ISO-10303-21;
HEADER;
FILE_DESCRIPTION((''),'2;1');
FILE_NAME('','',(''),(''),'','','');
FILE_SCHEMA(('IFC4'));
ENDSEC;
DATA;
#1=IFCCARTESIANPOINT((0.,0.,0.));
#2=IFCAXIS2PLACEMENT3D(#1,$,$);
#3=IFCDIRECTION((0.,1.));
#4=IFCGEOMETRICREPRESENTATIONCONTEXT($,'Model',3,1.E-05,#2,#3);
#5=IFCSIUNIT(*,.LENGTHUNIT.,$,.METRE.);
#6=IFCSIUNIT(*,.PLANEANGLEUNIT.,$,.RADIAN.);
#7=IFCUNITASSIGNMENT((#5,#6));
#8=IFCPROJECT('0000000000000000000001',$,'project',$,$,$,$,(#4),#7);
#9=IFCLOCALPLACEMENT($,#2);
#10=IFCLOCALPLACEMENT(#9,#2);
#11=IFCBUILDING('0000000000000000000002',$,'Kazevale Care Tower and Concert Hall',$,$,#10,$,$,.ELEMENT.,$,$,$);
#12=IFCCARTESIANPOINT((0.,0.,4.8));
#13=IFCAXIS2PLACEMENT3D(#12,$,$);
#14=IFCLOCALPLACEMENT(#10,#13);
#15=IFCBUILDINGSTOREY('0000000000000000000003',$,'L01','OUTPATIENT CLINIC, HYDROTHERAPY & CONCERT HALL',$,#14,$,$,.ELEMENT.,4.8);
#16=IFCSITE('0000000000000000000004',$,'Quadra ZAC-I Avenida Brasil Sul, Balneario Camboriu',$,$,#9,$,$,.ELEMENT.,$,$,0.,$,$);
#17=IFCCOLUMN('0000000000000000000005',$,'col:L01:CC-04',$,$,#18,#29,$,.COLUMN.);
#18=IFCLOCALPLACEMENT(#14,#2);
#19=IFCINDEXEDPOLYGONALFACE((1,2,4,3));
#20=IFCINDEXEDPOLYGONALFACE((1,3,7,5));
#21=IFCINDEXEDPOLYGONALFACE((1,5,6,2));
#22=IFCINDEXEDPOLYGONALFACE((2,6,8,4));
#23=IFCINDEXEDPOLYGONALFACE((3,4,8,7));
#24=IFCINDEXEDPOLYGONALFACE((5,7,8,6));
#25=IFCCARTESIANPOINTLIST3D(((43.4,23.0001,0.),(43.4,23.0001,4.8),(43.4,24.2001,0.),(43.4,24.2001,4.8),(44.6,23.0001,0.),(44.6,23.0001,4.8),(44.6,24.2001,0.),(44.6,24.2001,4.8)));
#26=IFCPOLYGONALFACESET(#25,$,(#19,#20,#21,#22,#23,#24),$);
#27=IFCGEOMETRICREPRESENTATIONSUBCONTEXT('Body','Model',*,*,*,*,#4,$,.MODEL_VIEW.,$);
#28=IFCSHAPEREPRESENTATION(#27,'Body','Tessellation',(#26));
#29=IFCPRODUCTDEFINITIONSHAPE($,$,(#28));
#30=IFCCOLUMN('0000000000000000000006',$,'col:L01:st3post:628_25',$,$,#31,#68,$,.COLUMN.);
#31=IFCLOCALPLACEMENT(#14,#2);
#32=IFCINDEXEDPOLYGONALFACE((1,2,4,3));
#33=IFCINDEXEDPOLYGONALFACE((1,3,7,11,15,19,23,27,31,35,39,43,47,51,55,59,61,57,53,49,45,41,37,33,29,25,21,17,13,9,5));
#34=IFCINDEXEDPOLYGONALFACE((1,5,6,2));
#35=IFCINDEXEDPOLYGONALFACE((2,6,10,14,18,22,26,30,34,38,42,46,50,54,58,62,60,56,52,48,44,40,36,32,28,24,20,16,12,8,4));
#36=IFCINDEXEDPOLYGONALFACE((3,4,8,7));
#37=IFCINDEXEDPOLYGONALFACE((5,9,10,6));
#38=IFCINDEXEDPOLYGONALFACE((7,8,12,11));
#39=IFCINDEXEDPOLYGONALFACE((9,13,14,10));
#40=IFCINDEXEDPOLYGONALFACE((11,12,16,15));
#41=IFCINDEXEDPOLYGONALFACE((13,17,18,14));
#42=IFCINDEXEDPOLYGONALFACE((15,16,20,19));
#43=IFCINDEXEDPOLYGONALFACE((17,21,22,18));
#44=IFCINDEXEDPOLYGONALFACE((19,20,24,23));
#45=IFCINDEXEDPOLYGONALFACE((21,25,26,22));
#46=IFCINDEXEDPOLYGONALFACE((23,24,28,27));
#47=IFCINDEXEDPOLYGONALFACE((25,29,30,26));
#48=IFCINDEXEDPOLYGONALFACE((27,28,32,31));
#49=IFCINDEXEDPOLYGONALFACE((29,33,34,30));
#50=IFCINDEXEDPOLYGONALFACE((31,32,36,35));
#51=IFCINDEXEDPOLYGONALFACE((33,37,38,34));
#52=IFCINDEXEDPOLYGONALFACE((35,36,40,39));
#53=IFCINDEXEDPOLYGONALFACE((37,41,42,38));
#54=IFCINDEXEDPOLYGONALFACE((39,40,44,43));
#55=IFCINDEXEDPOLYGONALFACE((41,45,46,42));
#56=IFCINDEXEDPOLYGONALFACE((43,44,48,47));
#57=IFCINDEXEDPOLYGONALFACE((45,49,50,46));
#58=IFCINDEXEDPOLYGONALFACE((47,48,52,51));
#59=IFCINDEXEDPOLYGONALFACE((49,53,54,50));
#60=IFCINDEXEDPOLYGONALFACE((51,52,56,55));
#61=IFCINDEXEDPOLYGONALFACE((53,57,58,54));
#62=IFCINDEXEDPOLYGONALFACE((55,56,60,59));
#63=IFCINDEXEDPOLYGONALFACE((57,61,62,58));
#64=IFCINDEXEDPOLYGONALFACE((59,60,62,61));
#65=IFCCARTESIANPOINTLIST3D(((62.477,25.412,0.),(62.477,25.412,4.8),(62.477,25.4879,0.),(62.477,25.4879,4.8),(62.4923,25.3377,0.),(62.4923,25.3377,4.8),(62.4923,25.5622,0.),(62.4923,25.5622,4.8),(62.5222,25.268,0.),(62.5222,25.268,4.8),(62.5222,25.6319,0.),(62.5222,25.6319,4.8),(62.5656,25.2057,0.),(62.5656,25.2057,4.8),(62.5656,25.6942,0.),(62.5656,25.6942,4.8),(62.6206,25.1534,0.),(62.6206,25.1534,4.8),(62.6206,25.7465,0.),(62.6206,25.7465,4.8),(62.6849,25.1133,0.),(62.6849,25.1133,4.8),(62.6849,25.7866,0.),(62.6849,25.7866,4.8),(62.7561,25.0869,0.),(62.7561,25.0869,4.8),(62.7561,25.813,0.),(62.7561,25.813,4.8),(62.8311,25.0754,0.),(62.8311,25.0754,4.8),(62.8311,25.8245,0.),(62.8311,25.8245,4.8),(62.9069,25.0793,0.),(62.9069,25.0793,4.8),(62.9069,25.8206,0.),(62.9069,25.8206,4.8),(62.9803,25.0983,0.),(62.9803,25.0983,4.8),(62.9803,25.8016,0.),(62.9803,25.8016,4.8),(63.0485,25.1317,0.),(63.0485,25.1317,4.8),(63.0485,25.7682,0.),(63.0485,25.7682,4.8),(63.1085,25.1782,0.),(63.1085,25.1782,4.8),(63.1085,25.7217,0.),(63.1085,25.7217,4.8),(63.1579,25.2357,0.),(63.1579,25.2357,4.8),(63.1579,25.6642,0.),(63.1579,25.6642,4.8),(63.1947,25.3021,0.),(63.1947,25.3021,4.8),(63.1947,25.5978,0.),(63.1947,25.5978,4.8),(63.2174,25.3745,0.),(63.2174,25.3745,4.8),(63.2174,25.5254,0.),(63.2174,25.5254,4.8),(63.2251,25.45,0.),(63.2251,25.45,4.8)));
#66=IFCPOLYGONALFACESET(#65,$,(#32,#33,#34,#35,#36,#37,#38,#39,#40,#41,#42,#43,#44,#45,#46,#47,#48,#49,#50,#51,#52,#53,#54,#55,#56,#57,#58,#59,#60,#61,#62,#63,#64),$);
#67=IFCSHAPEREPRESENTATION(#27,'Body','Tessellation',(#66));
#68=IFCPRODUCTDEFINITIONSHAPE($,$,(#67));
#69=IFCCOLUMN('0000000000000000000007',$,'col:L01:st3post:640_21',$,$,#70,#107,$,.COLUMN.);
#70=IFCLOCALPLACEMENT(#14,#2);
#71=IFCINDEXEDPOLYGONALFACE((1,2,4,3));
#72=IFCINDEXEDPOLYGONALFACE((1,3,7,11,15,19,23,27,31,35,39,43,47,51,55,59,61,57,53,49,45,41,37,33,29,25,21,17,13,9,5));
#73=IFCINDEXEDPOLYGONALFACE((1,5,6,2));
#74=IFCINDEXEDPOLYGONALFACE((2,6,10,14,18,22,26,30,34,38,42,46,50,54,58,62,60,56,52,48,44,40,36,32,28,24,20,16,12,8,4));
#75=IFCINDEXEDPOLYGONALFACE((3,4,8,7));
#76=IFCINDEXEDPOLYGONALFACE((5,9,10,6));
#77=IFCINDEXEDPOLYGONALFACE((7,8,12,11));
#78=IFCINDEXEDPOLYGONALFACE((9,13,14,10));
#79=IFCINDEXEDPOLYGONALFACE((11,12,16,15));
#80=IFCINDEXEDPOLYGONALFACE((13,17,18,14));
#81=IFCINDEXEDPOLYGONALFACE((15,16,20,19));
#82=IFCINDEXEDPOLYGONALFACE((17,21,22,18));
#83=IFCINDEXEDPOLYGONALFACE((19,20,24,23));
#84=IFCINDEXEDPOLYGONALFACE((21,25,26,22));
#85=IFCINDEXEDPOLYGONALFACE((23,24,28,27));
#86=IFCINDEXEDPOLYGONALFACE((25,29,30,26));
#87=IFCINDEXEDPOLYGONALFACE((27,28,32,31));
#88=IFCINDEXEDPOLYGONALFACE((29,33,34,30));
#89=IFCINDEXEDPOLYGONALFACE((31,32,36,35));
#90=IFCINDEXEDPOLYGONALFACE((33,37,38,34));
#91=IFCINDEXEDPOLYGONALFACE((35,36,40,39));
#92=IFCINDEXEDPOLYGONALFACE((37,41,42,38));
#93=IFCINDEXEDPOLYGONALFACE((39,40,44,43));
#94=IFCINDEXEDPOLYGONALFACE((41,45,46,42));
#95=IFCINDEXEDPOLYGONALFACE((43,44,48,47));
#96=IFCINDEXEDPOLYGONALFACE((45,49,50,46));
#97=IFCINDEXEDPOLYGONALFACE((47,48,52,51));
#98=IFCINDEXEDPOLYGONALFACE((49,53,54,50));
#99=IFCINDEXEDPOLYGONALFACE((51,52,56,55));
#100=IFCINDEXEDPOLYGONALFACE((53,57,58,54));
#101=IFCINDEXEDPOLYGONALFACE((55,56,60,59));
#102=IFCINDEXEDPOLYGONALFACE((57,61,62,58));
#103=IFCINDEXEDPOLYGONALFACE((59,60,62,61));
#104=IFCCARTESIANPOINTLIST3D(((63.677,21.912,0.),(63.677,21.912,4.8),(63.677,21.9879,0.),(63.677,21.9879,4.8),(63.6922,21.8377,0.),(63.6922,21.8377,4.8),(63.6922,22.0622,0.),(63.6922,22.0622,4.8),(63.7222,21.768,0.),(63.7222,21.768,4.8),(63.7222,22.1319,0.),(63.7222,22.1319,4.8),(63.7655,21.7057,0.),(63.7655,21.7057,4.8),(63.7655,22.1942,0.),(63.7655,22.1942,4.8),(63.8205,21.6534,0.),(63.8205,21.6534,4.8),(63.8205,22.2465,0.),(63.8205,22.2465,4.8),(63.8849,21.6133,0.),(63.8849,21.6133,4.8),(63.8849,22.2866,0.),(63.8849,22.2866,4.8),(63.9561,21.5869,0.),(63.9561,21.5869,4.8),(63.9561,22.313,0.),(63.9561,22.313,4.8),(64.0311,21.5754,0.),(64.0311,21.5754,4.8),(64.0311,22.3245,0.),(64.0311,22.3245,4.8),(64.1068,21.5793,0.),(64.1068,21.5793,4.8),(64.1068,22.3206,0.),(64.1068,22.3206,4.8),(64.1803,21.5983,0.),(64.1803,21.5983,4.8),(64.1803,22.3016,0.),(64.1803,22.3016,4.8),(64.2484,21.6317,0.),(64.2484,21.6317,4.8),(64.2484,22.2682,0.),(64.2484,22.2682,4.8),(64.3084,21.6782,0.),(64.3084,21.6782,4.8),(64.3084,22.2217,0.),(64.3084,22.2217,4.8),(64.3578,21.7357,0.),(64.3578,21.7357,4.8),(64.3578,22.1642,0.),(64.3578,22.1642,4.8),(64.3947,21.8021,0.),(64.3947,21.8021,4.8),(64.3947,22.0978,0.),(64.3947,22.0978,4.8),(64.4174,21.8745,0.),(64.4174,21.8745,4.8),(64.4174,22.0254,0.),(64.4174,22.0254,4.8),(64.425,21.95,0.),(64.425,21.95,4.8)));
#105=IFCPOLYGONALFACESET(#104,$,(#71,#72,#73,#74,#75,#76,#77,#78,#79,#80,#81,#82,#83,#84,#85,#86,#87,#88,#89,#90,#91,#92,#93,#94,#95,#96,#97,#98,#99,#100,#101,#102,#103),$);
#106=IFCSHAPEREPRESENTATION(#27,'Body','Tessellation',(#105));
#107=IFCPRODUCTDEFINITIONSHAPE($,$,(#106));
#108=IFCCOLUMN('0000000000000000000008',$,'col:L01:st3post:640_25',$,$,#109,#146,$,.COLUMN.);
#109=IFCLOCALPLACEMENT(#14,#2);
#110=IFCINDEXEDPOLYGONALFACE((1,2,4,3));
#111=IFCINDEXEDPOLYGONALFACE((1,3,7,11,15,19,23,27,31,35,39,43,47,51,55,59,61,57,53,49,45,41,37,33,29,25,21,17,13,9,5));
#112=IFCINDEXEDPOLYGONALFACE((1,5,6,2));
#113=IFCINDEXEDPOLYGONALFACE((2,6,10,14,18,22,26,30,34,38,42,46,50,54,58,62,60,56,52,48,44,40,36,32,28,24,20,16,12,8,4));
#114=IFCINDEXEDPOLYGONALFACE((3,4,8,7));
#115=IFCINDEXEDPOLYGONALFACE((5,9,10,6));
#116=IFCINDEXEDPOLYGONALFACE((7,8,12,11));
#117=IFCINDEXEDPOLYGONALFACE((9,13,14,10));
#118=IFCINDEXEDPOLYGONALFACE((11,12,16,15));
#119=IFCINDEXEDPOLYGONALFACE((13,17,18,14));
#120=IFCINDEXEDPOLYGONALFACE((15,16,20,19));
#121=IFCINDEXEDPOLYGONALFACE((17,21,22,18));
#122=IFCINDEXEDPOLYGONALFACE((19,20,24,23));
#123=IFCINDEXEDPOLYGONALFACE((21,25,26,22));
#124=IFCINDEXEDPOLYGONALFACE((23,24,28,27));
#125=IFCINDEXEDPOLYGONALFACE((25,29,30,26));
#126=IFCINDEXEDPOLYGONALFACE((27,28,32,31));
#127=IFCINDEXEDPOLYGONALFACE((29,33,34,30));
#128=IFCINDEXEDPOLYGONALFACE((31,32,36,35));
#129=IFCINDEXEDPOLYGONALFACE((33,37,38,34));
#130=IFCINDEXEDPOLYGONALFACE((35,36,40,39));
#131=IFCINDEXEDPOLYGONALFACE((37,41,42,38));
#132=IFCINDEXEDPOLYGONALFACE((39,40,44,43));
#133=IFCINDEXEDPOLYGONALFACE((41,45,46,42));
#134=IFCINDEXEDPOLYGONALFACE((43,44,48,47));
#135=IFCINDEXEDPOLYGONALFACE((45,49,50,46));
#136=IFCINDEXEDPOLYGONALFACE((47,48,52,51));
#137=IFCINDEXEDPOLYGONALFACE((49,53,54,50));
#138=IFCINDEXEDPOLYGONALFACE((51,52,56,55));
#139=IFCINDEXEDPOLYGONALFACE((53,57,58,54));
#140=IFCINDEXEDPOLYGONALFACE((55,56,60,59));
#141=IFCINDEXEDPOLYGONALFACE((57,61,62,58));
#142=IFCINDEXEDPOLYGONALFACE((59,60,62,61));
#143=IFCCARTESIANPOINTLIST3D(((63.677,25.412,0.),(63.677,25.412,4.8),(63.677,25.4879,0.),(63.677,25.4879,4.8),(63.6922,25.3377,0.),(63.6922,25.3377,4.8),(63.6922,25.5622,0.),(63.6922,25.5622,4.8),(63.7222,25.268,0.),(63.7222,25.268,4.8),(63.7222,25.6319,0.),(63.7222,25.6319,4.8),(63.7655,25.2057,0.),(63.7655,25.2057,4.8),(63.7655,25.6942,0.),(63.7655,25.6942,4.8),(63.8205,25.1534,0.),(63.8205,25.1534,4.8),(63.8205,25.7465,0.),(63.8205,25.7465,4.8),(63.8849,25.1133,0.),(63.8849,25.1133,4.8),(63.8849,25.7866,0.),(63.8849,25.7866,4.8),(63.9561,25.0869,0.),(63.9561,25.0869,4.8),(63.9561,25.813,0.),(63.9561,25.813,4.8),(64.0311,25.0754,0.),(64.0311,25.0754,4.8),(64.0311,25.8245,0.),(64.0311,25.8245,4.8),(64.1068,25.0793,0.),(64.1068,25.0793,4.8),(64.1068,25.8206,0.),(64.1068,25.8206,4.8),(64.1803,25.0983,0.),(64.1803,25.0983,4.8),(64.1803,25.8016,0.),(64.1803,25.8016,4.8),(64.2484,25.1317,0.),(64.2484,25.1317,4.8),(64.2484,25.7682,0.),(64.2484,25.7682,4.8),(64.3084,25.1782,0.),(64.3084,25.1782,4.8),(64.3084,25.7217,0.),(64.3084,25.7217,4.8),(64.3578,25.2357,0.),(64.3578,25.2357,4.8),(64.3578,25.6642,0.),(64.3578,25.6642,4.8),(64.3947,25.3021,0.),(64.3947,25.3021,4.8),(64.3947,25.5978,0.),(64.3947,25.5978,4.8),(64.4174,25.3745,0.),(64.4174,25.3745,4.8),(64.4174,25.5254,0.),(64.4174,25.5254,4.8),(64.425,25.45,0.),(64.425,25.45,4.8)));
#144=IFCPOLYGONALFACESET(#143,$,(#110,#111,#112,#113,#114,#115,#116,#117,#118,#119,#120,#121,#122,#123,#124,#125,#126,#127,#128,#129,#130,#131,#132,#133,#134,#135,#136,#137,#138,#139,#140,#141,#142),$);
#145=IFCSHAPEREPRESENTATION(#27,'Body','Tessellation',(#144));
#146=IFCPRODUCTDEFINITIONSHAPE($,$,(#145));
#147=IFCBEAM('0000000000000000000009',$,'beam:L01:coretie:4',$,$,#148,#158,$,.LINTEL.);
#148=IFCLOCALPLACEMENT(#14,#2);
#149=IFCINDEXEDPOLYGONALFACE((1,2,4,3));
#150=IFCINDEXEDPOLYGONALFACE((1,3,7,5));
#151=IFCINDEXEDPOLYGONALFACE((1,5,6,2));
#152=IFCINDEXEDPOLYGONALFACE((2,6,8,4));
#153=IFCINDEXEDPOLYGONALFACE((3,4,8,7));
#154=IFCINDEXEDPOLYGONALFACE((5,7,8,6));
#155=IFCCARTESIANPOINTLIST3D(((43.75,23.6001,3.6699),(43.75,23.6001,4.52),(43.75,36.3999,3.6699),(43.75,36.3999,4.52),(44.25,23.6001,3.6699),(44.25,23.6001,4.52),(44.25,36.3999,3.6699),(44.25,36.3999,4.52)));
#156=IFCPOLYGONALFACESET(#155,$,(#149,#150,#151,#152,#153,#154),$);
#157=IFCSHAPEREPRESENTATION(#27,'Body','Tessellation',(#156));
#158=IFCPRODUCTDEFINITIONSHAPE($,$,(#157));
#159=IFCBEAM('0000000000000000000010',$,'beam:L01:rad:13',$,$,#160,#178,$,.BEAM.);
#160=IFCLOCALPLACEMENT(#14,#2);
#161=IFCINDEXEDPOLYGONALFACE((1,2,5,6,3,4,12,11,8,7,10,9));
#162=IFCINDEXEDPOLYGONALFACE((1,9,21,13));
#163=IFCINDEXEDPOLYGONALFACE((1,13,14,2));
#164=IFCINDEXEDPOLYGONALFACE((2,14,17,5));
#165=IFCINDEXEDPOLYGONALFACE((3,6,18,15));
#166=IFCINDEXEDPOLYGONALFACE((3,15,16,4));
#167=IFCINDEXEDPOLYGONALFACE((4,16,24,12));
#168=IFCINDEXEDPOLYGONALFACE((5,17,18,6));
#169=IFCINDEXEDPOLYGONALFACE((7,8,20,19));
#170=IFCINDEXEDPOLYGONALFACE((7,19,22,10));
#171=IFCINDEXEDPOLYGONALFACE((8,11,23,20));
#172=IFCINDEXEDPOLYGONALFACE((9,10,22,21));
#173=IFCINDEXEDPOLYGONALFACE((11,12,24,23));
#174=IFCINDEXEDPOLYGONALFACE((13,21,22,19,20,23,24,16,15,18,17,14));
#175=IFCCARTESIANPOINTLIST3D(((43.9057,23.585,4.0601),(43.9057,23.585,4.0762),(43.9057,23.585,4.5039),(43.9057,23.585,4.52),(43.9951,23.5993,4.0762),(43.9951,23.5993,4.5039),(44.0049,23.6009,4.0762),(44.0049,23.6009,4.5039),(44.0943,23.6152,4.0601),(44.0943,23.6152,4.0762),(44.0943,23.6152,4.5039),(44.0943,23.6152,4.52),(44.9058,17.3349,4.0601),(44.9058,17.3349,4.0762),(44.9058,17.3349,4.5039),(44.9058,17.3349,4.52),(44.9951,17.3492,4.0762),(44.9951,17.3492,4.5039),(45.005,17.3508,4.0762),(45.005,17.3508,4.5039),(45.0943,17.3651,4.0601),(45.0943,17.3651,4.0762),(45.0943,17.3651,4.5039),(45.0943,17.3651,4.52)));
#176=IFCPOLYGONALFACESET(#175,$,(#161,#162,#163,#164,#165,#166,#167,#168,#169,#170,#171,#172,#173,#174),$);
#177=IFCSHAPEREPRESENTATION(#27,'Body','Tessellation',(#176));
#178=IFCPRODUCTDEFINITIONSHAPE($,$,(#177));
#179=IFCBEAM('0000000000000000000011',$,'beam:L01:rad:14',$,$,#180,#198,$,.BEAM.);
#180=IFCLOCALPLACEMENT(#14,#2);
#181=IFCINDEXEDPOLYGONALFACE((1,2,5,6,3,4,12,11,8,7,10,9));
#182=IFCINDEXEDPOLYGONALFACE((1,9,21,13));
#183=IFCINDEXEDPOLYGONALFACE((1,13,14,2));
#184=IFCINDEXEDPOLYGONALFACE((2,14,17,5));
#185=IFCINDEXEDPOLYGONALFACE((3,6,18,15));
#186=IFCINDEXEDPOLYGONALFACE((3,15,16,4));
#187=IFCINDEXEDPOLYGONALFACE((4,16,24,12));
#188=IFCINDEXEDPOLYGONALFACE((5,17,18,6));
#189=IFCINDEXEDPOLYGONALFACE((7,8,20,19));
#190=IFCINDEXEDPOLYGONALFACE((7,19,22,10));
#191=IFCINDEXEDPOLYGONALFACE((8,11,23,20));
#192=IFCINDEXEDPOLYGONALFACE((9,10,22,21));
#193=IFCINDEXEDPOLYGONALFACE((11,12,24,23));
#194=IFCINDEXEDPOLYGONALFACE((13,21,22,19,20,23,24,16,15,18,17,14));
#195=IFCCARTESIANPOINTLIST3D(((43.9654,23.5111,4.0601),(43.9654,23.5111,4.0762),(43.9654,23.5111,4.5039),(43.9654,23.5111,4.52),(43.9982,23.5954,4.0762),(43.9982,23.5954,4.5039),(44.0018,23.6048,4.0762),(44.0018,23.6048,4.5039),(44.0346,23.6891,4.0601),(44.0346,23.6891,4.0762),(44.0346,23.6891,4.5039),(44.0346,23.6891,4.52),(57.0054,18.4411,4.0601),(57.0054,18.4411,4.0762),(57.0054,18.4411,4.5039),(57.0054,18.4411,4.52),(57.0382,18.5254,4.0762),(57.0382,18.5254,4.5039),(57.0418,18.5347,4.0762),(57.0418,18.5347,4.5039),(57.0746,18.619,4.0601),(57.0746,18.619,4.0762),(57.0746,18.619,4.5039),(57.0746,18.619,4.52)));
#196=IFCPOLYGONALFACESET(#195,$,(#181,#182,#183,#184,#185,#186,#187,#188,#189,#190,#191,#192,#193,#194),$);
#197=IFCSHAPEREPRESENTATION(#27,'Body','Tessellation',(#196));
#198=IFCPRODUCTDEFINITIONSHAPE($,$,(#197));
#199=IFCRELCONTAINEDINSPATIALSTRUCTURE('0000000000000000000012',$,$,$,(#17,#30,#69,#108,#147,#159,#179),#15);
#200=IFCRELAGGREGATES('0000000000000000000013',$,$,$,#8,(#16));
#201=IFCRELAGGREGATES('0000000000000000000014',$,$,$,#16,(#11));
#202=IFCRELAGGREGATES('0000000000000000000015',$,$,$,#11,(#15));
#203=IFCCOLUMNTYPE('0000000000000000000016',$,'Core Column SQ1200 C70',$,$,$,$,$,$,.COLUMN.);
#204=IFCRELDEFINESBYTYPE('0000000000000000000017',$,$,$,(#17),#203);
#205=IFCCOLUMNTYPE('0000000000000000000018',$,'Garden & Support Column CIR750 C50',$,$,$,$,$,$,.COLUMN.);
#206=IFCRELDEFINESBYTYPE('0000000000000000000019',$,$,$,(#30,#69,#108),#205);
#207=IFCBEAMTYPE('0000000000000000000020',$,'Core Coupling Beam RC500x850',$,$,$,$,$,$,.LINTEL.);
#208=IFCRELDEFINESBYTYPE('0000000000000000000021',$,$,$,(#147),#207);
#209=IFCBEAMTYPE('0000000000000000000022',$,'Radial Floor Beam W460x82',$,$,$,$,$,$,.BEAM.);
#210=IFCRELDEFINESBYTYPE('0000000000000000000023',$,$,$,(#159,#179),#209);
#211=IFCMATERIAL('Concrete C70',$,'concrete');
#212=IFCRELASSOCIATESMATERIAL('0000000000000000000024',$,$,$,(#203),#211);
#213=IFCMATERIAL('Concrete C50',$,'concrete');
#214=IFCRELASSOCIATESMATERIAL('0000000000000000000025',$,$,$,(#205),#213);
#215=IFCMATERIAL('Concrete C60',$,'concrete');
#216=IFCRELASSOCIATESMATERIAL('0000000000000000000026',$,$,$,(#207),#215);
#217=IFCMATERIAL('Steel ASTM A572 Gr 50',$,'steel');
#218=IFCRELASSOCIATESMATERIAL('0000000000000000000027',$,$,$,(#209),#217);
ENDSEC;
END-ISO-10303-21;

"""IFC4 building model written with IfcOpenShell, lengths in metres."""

from ifc_helpers import new_model, si_unit, direction, frame, origin, origin_2d, place, context, subcontext, project, spatial, rectangle, circle, i_section, extrude, material, material_profile, profile_set, type_object, element, save


model = new_model("IFC4")

# Units and contexts
model_context = context("Model", 3, precision=1e-05, world=origin(), true_north=direction((0.0, 1.0)))
body_context = subcontext(model_context, "Body", "Model", "MODEL_VIEW")
ifc_project = project(units=[si_unit("LENGTHUNIT", "METRE"), si_unit("PLANEANGLEUNIT", "RADIAN")], contexts=[model_context])

# Site, building, storey
site_placement = place(None, origin())
site = spatial("IfcSite", under=ifc_project, at=site_placement, Name="Quadra ZAC-I Avenida Brasil Sul, Balneario Camboriu", CompositionType="ELEMENT", RefElevation=0.0)
building_placement = place(site_placement, origin())
building = spatial("IfcBuilding", under=site, at=building_placement, Name="Kazevale Care Tower and Concert Hall", CompositionType="ELEMENT")
storey_placement = place(building_placement, frame((0.0, 0.0, 4.8)))
storey = spatial("IfcBuildingStorey", under=building, at=storey_placement, Name="L01", Description="OUTPATIENT CLINIC, HYDROTHERAPY & CONCERT HALL", CompositionType="ELEMENT", Elevation=4.8)

# Columns
ifc_material_1 = material(Name="Concrete C70", Category="concrete")
ifc_material_profile_1 = material_profile(ifc_material_1, rectangle(XDim=1.2, YDim=1.2, at=origin_2d()), Name="RC-SQ1200")
ifc_profile_set_1 = profile_set([ifc_material_profile_1], Name="Concrete C70")
column_type_1 = type_object("IfcColumnType", Name="Core Column SQ1200 C70", PredefinedType="COLUMN", material=ifc_profile_set_1)
column_placement = place(storey_placement, frame((44.0, 23.6001, 0.0), z_axis=(0.0, 0.0, 1.0), x_axis=(1.0, 0.0, 0.0)))
element("IfcColumn", 1, at=column_placement, inside=storey, type_object=column_type_1, Name="col:L01:CC-04", PredefinedType="COLUMN", context=body_context, shape_type="SweptSolid", body=[
    extrude(rectangle(XDim=1.2, YDim=1.2, at=origin_2d()), origin(), (0.0, 0.0, 1.0), 4.8),
])
ifc_material_2 = material(Name="Concrete C50", Category="concrete")
ifc_material_profile_2 = material_profile(ifc_material_2, circle(Radius=0.375, at=origin_2d()), Name="RC-CIR750")
ifc_profile_set_2 = profile_set([ifc_material_profile_2], Name="Concrete C50")
column_type_2 = type_object("IfcColumnType", Name="Garden & Support Column CIR750 C50", PredefinedType="COLUMN", material=ifc_profile_set_2)
for number, where, z_axis, x_axis, name in (
    (2, (62.8501, 25.45, 0.0), (0.0, 0.0, 1.0), (1.0, 0.0, 0.0), "col:L01:st3post:628_25"),
    (3, (64.05, 21.95, 0.0), (0.0, 0.0, 1.0), (1.0, 0.0, 0.0), "col:L01:st3post:640_21"),
    (4, (64.05, 25.45, 0.0), (0.0, 0.0, 1.0), (1.0, 0.0, 0.0), "col:L01:st3post:640_25"),
):
    element("IfcColumn", number, at=place(storey_placement, frame(where, z_axis=z_axis, x_axis=x_axis)), inside=storey, type_object=column_type_2, Name=name, PredefinedType="COLUMN", context=body_context, shape_type="SweptSolid", body=[
        extrude(circle(Radius=0.375, at=origin_2d()), origin(), (0.0, 0.0, 1.0), 4.8),
    ])

# Beams
ifc_material_3 = material(Name="Concrete C60", Category="concrete")
ifc_material_profile_3 = material_profile(ifc_material_3, rectangle(XDim=0.5, YDim=0.8501, at=origin_2d()), Name="RC-B500x850")
ifc_profile_set_3 = profile_set([ifc_material_profile_3], Name="Concrete C60")
beam_type_1 = type_object("IfcBeamType", Name="Core Coupling Beam RC500x850", PredefinedType="LINTEL", material=ifc_profile_set_3)
beam_1_placement = place(storey_placement, frame((44.0, 23.6001, 4.095), z_axis=(0.0, 1.0, 0.0), x_axis=(-1.0, 0.0, 0.0)))
element("IfcBeam", 5, at=beam_1_placement, inside=storey, type_object=beam_type_1, Name="beam:L01:coretie:4", PredefinedType="LINTEL", context=body_context, shape_type="SweptSolid", body=[
    extrude(rectangle(XDim=0.5, YDim=0.8501, at=origin_2d()), origin(), (0.0, 0.0, 1.0), 12.7998),
])
ifc_material_4 = material(Name="Steel ASTM A572 Gr 50", Category="steel")
ifc_material_profile_4 = material_profile(ifc_material_4, i_section(OverallWidth=0.1909, OverallDepth=0.46, WebThickness=0.01, FlangeThickness=0.0161, at=origin_2d()), Name="W460x82")
ifc_profile_set_4 = profile_set([ifc_material_profile_4], Name="Steel ASTM A572 Gr 50")
beam_type_2 = type_object("IfcBeamType", Name="Radial Floor Beam W460x82", PredefinedType="BEAM", material=ifc_profile_set_4)
beam_2_placement = place(storey_placement, frame((44.0, 23.6001, 4.29), z_axis=(0.157991, -0.987441, 0.0), x_axis=(0.987441, 0.157991, 0.0)))
element("IfcBeam", 6, at=beam_2_placement, inside=storey, type_object=beam_type_2, Name="beam:L01:rad:13", PredefinedType="BEAM", context=body_context, shape_type="SweptSolid", body=[
    extrude(i_section(OverallWidth=0.1909, OverallDepth=0.46, WebThickness=0.01, FlangeThickness=0.0161, at=origin_2d()), origin(), (0.0, 0.0, 1.0), 6.3296),
])
beam_3_placement = place(storey_placement, frame((44.0, 23.6001, 4.29), z_axis=(0.93203, -0.362381, 0.0), x_axis=(0.362381, 0.93203, 0.0)))
element("IfcBeam", 7, at=beam_3_placement, inside=storey, type_object=beam_type_2, Name="beam:L01:rad:14", PredefinedType="BEAM", context=body_context, shape_type="SweptSolid", body=[
    extrude(i_section(OverallWidth=0.1909, OverallDepth=0.46, WebThickness=0.01, FlangeThickness=0.0161, at=origin_2d()), origin(), (0.0, 0.0, 1.0), 13.991),
])

save(model, "model.ifc")
